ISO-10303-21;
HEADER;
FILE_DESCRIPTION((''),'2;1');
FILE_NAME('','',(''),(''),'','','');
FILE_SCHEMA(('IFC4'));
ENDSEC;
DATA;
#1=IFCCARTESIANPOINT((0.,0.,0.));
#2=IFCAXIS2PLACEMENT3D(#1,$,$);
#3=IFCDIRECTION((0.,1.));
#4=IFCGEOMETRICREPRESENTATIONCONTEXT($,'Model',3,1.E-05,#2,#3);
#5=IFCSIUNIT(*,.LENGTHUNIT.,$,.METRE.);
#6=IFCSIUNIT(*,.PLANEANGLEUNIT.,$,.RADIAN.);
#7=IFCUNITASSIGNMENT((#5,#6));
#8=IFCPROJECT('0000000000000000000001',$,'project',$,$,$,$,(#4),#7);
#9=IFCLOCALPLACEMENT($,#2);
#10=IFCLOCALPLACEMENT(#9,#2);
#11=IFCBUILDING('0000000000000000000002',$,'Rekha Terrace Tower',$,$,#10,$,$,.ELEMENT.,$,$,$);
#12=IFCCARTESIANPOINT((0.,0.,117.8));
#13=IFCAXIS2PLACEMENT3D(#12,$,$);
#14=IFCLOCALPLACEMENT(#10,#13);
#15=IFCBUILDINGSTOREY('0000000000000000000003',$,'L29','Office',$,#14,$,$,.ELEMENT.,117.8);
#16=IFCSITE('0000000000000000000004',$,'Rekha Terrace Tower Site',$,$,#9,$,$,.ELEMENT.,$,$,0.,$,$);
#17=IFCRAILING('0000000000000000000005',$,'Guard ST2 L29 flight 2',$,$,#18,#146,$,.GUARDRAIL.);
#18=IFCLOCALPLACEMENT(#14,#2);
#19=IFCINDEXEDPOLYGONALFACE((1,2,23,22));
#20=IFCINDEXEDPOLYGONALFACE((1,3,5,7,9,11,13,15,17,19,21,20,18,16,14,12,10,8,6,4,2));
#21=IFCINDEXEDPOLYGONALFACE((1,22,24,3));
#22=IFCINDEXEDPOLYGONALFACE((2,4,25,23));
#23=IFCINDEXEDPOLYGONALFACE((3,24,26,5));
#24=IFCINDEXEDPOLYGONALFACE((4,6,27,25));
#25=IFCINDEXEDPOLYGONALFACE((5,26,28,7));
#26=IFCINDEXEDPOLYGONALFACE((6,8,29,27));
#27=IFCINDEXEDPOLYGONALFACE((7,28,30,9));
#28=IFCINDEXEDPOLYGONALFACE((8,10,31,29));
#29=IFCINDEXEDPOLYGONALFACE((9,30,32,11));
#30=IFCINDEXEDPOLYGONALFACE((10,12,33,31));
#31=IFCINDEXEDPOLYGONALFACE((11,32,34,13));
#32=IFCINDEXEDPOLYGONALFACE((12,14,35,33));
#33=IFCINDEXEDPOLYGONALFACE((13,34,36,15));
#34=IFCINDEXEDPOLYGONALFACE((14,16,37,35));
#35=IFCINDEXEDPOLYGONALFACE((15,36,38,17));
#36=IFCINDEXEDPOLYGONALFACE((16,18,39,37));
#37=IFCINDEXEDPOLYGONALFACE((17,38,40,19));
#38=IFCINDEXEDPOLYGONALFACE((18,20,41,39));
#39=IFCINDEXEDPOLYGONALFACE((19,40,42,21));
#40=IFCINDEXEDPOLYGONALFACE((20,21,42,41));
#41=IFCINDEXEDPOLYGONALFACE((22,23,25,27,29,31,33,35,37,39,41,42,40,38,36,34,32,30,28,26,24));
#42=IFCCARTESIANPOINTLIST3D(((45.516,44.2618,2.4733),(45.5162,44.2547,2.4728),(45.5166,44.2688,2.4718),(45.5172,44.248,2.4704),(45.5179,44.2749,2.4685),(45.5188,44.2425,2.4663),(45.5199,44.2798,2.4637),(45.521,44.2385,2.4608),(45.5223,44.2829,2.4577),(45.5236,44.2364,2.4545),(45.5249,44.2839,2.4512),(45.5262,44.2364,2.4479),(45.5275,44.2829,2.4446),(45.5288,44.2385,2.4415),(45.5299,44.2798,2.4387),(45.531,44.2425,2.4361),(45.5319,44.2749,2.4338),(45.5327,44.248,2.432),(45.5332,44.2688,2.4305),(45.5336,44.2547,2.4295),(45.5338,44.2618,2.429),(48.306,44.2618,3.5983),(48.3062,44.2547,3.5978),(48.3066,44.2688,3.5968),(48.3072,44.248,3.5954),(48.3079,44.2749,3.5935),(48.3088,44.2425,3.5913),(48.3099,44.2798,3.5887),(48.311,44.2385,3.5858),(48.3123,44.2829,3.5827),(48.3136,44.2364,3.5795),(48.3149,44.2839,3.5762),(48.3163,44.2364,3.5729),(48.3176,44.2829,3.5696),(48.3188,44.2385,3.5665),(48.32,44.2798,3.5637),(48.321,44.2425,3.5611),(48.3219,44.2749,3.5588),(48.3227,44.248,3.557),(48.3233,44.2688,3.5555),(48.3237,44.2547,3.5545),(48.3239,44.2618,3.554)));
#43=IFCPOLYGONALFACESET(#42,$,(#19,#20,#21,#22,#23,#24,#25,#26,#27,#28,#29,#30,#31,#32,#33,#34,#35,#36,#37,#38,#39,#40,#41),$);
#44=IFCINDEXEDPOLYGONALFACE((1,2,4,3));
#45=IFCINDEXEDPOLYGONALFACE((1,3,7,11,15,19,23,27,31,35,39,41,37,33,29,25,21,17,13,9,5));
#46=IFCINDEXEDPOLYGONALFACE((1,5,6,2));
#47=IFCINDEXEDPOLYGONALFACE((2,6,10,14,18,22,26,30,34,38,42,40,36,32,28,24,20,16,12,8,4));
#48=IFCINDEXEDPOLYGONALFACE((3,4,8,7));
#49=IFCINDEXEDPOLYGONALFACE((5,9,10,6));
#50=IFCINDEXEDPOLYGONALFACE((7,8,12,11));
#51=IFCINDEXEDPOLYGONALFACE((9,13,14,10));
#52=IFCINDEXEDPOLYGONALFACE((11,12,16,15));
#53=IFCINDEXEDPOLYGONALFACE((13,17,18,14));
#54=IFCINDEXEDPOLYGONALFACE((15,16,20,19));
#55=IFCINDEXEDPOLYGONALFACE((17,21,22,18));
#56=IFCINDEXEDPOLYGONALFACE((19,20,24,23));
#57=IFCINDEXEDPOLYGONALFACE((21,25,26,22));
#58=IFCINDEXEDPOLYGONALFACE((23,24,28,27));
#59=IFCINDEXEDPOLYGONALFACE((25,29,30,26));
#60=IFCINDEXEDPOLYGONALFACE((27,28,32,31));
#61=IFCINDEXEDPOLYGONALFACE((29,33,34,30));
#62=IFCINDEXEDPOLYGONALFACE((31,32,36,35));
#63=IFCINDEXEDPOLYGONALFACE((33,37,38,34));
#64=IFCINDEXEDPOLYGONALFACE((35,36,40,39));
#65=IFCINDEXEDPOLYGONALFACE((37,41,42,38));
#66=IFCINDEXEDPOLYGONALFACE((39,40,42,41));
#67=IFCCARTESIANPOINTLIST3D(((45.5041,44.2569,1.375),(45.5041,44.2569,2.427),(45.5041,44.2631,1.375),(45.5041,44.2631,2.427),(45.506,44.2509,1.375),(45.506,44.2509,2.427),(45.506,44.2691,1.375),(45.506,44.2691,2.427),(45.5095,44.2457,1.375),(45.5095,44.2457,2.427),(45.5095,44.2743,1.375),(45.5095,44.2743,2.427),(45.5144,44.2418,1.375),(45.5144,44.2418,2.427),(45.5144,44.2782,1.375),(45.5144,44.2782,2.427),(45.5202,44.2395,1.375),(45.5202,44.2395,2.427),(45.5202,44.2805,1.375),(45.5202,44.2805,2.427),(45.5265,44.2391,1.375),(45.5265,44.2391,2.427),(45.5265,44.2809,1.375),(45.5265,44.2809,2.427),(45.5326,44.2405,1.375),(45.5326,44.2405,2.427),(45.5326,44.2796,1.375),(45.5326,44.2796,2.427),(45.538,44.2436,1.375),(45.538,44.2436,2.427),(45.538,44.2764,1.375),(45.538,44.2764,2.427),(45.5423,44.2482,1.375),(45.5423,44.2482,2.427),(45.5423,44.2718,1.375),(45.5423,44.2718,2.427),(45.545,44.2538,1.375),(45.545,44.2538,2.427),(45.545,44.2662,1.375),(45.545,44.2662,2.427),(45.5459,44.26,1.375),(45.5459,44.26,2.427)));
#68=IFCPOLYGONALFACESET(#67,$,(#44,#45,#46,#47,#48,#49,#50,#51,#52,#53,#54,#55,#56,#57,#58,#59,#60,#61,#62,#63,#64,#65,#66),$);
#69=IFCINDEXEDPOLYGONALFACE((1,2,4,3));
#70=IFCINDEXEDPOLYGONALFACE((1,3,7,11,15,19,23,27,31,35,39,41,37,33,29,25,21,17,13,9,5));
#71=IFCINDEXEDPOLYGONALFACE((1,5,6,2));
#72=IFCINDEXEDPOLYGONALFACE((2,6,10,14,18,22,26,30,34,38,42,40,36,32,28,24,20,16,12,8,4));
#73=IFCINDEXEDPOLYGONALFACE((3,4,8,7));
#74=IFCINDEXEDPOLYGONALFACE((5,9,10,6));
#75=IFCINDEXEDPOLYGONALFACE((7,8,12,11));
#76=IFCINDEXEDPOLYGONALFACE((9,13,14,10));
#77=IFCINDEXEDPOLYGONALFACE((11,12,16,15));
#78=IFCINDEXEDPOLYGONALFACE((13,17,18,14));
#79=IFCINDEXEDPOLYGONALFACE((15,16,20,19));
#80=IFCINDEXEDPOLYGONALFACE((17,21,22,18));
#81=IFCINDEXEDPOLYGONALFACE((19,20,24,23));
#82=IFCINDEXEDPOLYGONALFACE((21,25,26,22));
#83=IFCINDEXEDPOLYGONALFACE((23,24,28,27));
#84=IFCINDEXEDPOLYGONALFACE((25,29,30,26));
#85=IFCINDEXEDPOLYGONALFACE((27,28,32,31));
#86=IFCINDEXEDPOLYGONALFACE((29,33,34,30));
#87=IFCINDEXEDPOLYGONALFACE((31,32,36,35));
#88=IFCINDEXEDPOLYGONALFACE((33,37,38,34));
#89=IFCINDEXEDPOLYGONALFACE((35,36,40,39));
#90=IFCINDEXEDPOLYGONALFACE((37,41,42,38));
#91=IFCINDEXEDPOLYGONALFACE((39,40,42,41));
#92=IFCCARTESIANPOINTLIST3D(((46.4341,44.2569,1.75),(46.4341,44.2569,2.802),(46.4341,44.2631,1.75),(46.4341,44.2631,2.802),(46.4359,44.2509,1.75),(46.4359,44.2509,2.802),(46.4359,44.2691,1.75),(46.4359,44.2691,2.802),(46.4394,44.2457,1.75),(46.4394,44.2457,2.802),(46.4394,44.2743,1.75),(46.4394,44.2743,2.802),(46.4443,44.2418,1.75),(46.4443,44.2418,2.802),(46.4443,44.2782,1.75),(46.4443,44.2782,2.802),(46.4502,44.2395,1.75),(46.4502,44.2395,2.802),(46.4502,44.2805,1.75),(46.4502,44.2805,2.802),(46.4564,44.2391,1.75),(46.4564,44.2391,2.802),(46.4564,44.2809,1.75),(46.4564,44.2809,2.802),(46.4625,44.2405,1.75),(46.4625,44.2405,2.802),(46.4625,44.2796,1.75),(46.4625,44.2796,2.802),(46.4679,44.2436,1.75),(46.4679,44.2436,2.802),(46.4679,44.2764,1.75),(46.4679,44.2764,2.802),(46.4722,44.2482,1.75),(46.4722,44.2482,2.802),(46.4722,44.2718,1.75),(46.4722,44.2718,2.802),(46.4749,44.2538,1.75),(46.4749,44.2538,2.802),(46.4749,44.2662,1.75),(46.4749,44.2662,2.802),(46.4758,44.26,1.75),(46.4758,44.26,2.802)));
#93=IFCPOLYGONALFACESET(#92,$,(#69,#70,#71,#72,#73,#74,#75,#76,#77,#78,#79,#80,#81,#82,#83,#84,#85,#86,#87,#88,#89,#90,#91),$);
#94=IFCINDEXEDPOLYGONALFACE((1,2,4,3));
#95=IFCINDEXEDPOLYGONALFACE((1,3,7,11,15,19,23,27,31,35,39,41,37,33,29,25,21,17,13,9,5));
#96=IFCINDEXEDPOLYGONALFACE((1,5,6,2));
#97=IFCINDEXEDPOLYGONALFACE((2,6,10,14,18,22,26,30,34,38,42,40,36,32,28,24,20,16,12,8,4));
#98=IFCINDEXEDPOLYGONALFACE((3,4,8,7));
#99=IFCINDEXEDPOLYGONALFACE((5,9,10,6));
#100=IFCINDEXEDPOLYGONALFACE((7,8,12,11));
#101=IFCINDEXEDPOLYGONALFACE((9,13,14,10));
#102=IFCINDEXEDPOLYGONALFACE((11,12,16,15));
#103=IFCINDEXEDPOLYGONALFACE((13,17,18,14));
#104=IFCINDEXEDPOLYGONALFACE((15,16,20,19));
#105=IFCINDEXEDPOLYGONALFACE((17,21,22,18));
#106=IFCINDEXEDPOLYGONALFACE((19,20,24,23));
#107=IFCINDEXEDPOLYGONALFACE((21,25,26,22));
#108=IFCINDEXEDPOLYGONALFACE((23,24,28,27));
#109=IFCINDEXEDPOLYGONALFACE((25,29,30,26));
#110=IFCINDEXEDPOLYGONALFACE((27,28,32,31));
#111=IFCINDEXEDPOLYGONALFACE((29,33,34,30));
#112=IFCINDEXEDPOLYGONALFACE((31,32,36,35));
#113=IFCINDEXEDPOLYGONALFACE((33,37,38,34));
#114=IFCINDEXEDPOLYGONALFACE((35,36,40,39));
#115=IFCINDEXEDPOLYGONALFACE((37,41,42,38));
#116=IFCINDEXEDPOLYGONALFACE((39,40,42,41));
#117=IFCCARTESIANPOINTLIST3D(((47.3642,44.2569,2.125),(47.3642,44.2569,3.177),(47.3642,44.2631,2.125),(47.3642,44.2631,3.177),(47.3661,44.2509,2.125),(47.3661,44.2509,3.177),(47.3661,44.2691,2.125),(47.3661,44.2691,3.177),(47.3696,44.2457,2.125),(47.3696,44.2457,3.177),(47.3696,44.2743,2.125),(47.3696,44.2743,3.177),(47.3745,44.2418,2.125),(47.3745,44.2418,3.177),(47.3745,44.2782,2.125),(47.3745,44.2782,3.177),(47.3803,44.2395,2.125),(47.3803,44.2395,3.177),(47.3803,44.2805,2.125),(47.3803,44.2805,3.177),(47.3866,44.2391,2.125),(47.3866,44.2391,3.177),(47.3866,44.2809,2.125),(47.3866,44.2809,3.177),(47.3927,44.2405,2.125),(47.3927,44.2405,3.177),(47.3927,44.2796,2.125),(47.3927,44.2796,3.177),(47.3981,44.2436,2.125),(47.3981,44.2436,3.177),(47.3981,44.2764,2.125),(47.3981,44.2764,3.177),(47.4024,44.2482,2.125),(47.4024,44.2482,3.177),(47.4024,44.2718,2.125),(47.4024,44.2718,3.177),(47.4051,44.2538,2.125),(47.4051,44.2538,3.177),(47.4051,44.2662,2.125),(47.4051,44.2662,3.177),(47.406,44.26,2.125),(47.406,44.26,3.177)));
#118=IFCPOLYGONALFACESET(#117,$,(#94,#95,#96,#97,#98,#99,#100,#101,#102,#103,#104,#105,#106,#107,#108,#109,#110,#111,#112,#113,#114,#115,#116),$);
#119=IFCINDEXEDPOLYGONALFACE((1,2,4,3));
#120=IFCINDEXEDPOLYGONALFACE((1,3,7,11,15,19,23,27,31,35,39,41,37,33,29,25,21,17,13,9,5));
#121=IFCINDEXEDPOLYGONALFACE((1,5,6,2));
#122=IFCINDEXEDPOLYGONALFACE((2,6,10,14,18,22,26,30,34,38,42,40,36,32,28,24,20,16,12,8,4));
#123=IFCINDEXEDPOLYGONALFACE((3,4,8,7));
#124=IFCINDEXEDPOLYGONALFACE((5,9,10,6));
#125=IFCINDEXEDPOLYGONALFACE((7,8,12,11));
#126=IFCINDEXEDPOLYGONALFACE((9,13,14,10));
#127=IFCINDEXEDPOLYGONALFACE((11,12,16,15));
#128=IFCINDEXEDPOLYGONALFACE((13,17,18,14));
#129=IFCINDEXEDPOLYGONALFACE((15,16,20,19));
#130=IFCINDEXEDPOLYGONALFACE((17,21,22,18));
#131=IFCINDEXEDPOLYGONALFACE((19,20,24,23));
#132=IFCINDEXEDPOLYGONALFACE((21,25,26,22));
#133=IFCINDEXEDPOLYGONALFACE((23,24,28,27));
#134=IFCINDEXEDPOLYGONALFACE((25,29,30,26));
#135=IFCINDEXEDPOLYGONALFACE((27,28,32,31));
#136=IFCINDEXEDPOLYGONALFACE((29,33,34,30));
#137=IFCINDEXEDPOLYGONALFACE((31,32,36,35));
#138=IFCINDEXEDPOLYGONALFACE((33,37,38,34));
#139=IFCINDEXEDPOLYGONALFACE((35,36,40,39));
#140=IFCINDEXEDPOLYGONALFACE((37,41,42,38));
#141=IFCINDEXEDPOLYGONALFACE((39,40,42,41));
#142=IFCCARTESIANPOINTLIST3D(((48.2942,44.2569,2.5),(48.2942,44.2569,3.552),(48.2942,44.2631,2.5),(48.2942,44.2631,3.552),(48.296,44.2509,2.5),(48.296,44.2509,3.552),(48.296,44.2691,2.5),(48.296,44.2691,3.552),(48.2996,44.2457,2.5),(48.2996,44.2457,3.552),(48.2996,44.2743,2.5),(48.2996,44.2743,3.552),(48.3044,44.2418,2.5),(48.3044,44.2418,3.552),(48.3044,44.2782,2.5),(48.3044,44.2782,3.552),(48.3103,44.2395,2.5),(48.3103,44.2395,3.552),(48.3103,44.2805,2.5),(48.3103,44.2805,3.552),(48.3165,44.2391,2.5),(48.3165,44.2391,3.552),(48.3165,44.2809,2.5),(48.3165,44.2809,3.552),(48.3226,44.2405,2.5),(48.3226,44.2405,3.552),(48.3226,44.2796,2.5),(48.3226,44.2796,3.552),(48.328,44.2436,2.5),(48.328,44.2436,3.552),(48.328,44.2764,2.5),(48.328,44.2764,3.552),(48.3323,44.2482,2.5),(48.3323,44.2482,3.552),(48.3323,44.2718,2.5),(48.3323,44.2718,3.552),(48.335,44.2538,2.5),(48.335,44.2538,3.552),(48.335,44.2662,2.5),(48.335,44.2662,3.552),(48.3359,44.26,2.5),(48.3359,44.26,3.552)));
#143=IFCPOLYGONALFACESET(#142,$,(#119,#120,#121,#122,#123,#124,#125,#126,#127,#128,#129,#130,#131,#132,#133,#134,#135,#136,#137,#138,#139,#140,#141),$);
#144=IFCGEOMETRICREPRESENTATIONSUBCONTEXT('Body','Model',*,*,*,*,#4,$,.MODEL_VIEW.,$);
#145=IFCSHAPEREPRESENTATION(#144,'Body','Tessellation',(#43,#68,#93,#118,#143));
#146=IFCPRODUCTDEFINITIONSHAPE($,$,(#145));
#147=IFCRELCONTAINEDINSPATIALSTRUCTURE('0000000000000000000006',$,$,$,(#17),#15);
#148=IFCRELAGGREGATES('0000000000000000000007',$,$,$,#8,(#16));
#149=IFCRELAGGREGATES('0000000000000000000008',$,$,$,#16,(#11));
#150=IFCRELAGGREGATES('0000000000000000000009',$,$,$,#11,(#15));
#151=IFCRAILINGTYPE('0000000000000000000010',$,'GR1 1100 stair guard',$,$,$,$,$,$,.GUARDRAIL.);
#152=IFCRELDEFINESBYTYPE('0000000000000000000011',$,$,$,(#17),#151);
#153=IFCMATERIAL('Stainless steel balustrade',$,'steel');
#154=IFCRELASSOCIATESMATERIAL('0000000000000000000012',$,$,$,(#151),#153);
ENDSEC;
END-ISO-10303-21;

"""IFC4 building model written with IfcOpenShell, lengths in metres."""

from ifc_helpers import new_model, si_unit, direction, frame, origin, origin_2d, place, context, subcontext, project, spatial, circle, extrude, material, type_object, element, save


model = new_model("IFC4")

# Units and contexts
model_context = context("Model", 3, precision=1e-05, world=origin(), true_north=direction((0.0, 1.0)))
body_context = subcontext(model_context, "Body", "Model", "MODEL_VIEW")
ifc_project = project(units=[si_unit("LENGTHUNIT", "METRE"), si_unit("PLANEANGLEUNIT", "RADIAN")], contexts=[model_context])

# Site, building, storey
site_placement = place(None, origin())
site = spatial("IfcSite", under=ifc_project, at=site_placement, Name="Rekha Terrace Tower Site", CompositionType="ELEMENT", RefElevation=0.0)
building_placement = place(site_placement, origin())
building = spatial("IfcBuilding", under=site, at=building_placement, Name="Rekha Terrace Tower", CompositionType="ELEMENT")
storey_placement = place(building_placement, frame((0.0, 0.0, 117.8)))
storey = spatial("IfcBuildingStorey", under=building, at=storey_placement, Name="L29", Description="Office", CompositionType="ELEMENT", Elevation=117.8)

# Railing
ifc_material_1 = material(Name="Stainless steel balustrade", Category="steel")
railing_type_1 = type_object("IfcRailingType", Name="GR1 1100 stair guard", PredefinedType="GUARDRAIL", material=ifc_material_1)
railing_1_placement = place(storey_placement, frame((45.5249, 44.26, 1.375)))
element("IfcRailing", 1, at=railing_1_placement, inside=storey, type_object=railing_type_1, Name="Guard ST2 L29 flight 2", PredefinedType="GUARDRAIL", context=body_context, shape_type="SweptSolid", body=[
    extrude(circle(Radius=0.0239, at=origin_2d()), frame((0.0, 0.0, 1.0762), z_axis=(0.927443, 0.0, 0.373964), x_axis=(0.0, 1.0, 0.0)), (0.0, 0.0, 1.0), 3.0083),
    extrude(circle(Radius=0.021, at=origin_2d()), origin(), (0.0, 0.0, 1.0), 1.052),
    extrude(circle(Radius=0.021, at=origin_2d()), frame((0.9299, 0.0, 0.375)), (0.0, 0.0, 1.0), 1.052),
    extrude(circle(Radius=0.021, at=origin_2d()), frame((1.8601, 0.0, 0.75)), (0.0, 0.0, 1.0), 1.052),
    extrude(circle(Radius=0.021, at=origin_2d()), frame((2.79, 0.0, 1.125)), (0.0, 0.0, 1.0), 1.052),
])

save(model, "model.ifc")
